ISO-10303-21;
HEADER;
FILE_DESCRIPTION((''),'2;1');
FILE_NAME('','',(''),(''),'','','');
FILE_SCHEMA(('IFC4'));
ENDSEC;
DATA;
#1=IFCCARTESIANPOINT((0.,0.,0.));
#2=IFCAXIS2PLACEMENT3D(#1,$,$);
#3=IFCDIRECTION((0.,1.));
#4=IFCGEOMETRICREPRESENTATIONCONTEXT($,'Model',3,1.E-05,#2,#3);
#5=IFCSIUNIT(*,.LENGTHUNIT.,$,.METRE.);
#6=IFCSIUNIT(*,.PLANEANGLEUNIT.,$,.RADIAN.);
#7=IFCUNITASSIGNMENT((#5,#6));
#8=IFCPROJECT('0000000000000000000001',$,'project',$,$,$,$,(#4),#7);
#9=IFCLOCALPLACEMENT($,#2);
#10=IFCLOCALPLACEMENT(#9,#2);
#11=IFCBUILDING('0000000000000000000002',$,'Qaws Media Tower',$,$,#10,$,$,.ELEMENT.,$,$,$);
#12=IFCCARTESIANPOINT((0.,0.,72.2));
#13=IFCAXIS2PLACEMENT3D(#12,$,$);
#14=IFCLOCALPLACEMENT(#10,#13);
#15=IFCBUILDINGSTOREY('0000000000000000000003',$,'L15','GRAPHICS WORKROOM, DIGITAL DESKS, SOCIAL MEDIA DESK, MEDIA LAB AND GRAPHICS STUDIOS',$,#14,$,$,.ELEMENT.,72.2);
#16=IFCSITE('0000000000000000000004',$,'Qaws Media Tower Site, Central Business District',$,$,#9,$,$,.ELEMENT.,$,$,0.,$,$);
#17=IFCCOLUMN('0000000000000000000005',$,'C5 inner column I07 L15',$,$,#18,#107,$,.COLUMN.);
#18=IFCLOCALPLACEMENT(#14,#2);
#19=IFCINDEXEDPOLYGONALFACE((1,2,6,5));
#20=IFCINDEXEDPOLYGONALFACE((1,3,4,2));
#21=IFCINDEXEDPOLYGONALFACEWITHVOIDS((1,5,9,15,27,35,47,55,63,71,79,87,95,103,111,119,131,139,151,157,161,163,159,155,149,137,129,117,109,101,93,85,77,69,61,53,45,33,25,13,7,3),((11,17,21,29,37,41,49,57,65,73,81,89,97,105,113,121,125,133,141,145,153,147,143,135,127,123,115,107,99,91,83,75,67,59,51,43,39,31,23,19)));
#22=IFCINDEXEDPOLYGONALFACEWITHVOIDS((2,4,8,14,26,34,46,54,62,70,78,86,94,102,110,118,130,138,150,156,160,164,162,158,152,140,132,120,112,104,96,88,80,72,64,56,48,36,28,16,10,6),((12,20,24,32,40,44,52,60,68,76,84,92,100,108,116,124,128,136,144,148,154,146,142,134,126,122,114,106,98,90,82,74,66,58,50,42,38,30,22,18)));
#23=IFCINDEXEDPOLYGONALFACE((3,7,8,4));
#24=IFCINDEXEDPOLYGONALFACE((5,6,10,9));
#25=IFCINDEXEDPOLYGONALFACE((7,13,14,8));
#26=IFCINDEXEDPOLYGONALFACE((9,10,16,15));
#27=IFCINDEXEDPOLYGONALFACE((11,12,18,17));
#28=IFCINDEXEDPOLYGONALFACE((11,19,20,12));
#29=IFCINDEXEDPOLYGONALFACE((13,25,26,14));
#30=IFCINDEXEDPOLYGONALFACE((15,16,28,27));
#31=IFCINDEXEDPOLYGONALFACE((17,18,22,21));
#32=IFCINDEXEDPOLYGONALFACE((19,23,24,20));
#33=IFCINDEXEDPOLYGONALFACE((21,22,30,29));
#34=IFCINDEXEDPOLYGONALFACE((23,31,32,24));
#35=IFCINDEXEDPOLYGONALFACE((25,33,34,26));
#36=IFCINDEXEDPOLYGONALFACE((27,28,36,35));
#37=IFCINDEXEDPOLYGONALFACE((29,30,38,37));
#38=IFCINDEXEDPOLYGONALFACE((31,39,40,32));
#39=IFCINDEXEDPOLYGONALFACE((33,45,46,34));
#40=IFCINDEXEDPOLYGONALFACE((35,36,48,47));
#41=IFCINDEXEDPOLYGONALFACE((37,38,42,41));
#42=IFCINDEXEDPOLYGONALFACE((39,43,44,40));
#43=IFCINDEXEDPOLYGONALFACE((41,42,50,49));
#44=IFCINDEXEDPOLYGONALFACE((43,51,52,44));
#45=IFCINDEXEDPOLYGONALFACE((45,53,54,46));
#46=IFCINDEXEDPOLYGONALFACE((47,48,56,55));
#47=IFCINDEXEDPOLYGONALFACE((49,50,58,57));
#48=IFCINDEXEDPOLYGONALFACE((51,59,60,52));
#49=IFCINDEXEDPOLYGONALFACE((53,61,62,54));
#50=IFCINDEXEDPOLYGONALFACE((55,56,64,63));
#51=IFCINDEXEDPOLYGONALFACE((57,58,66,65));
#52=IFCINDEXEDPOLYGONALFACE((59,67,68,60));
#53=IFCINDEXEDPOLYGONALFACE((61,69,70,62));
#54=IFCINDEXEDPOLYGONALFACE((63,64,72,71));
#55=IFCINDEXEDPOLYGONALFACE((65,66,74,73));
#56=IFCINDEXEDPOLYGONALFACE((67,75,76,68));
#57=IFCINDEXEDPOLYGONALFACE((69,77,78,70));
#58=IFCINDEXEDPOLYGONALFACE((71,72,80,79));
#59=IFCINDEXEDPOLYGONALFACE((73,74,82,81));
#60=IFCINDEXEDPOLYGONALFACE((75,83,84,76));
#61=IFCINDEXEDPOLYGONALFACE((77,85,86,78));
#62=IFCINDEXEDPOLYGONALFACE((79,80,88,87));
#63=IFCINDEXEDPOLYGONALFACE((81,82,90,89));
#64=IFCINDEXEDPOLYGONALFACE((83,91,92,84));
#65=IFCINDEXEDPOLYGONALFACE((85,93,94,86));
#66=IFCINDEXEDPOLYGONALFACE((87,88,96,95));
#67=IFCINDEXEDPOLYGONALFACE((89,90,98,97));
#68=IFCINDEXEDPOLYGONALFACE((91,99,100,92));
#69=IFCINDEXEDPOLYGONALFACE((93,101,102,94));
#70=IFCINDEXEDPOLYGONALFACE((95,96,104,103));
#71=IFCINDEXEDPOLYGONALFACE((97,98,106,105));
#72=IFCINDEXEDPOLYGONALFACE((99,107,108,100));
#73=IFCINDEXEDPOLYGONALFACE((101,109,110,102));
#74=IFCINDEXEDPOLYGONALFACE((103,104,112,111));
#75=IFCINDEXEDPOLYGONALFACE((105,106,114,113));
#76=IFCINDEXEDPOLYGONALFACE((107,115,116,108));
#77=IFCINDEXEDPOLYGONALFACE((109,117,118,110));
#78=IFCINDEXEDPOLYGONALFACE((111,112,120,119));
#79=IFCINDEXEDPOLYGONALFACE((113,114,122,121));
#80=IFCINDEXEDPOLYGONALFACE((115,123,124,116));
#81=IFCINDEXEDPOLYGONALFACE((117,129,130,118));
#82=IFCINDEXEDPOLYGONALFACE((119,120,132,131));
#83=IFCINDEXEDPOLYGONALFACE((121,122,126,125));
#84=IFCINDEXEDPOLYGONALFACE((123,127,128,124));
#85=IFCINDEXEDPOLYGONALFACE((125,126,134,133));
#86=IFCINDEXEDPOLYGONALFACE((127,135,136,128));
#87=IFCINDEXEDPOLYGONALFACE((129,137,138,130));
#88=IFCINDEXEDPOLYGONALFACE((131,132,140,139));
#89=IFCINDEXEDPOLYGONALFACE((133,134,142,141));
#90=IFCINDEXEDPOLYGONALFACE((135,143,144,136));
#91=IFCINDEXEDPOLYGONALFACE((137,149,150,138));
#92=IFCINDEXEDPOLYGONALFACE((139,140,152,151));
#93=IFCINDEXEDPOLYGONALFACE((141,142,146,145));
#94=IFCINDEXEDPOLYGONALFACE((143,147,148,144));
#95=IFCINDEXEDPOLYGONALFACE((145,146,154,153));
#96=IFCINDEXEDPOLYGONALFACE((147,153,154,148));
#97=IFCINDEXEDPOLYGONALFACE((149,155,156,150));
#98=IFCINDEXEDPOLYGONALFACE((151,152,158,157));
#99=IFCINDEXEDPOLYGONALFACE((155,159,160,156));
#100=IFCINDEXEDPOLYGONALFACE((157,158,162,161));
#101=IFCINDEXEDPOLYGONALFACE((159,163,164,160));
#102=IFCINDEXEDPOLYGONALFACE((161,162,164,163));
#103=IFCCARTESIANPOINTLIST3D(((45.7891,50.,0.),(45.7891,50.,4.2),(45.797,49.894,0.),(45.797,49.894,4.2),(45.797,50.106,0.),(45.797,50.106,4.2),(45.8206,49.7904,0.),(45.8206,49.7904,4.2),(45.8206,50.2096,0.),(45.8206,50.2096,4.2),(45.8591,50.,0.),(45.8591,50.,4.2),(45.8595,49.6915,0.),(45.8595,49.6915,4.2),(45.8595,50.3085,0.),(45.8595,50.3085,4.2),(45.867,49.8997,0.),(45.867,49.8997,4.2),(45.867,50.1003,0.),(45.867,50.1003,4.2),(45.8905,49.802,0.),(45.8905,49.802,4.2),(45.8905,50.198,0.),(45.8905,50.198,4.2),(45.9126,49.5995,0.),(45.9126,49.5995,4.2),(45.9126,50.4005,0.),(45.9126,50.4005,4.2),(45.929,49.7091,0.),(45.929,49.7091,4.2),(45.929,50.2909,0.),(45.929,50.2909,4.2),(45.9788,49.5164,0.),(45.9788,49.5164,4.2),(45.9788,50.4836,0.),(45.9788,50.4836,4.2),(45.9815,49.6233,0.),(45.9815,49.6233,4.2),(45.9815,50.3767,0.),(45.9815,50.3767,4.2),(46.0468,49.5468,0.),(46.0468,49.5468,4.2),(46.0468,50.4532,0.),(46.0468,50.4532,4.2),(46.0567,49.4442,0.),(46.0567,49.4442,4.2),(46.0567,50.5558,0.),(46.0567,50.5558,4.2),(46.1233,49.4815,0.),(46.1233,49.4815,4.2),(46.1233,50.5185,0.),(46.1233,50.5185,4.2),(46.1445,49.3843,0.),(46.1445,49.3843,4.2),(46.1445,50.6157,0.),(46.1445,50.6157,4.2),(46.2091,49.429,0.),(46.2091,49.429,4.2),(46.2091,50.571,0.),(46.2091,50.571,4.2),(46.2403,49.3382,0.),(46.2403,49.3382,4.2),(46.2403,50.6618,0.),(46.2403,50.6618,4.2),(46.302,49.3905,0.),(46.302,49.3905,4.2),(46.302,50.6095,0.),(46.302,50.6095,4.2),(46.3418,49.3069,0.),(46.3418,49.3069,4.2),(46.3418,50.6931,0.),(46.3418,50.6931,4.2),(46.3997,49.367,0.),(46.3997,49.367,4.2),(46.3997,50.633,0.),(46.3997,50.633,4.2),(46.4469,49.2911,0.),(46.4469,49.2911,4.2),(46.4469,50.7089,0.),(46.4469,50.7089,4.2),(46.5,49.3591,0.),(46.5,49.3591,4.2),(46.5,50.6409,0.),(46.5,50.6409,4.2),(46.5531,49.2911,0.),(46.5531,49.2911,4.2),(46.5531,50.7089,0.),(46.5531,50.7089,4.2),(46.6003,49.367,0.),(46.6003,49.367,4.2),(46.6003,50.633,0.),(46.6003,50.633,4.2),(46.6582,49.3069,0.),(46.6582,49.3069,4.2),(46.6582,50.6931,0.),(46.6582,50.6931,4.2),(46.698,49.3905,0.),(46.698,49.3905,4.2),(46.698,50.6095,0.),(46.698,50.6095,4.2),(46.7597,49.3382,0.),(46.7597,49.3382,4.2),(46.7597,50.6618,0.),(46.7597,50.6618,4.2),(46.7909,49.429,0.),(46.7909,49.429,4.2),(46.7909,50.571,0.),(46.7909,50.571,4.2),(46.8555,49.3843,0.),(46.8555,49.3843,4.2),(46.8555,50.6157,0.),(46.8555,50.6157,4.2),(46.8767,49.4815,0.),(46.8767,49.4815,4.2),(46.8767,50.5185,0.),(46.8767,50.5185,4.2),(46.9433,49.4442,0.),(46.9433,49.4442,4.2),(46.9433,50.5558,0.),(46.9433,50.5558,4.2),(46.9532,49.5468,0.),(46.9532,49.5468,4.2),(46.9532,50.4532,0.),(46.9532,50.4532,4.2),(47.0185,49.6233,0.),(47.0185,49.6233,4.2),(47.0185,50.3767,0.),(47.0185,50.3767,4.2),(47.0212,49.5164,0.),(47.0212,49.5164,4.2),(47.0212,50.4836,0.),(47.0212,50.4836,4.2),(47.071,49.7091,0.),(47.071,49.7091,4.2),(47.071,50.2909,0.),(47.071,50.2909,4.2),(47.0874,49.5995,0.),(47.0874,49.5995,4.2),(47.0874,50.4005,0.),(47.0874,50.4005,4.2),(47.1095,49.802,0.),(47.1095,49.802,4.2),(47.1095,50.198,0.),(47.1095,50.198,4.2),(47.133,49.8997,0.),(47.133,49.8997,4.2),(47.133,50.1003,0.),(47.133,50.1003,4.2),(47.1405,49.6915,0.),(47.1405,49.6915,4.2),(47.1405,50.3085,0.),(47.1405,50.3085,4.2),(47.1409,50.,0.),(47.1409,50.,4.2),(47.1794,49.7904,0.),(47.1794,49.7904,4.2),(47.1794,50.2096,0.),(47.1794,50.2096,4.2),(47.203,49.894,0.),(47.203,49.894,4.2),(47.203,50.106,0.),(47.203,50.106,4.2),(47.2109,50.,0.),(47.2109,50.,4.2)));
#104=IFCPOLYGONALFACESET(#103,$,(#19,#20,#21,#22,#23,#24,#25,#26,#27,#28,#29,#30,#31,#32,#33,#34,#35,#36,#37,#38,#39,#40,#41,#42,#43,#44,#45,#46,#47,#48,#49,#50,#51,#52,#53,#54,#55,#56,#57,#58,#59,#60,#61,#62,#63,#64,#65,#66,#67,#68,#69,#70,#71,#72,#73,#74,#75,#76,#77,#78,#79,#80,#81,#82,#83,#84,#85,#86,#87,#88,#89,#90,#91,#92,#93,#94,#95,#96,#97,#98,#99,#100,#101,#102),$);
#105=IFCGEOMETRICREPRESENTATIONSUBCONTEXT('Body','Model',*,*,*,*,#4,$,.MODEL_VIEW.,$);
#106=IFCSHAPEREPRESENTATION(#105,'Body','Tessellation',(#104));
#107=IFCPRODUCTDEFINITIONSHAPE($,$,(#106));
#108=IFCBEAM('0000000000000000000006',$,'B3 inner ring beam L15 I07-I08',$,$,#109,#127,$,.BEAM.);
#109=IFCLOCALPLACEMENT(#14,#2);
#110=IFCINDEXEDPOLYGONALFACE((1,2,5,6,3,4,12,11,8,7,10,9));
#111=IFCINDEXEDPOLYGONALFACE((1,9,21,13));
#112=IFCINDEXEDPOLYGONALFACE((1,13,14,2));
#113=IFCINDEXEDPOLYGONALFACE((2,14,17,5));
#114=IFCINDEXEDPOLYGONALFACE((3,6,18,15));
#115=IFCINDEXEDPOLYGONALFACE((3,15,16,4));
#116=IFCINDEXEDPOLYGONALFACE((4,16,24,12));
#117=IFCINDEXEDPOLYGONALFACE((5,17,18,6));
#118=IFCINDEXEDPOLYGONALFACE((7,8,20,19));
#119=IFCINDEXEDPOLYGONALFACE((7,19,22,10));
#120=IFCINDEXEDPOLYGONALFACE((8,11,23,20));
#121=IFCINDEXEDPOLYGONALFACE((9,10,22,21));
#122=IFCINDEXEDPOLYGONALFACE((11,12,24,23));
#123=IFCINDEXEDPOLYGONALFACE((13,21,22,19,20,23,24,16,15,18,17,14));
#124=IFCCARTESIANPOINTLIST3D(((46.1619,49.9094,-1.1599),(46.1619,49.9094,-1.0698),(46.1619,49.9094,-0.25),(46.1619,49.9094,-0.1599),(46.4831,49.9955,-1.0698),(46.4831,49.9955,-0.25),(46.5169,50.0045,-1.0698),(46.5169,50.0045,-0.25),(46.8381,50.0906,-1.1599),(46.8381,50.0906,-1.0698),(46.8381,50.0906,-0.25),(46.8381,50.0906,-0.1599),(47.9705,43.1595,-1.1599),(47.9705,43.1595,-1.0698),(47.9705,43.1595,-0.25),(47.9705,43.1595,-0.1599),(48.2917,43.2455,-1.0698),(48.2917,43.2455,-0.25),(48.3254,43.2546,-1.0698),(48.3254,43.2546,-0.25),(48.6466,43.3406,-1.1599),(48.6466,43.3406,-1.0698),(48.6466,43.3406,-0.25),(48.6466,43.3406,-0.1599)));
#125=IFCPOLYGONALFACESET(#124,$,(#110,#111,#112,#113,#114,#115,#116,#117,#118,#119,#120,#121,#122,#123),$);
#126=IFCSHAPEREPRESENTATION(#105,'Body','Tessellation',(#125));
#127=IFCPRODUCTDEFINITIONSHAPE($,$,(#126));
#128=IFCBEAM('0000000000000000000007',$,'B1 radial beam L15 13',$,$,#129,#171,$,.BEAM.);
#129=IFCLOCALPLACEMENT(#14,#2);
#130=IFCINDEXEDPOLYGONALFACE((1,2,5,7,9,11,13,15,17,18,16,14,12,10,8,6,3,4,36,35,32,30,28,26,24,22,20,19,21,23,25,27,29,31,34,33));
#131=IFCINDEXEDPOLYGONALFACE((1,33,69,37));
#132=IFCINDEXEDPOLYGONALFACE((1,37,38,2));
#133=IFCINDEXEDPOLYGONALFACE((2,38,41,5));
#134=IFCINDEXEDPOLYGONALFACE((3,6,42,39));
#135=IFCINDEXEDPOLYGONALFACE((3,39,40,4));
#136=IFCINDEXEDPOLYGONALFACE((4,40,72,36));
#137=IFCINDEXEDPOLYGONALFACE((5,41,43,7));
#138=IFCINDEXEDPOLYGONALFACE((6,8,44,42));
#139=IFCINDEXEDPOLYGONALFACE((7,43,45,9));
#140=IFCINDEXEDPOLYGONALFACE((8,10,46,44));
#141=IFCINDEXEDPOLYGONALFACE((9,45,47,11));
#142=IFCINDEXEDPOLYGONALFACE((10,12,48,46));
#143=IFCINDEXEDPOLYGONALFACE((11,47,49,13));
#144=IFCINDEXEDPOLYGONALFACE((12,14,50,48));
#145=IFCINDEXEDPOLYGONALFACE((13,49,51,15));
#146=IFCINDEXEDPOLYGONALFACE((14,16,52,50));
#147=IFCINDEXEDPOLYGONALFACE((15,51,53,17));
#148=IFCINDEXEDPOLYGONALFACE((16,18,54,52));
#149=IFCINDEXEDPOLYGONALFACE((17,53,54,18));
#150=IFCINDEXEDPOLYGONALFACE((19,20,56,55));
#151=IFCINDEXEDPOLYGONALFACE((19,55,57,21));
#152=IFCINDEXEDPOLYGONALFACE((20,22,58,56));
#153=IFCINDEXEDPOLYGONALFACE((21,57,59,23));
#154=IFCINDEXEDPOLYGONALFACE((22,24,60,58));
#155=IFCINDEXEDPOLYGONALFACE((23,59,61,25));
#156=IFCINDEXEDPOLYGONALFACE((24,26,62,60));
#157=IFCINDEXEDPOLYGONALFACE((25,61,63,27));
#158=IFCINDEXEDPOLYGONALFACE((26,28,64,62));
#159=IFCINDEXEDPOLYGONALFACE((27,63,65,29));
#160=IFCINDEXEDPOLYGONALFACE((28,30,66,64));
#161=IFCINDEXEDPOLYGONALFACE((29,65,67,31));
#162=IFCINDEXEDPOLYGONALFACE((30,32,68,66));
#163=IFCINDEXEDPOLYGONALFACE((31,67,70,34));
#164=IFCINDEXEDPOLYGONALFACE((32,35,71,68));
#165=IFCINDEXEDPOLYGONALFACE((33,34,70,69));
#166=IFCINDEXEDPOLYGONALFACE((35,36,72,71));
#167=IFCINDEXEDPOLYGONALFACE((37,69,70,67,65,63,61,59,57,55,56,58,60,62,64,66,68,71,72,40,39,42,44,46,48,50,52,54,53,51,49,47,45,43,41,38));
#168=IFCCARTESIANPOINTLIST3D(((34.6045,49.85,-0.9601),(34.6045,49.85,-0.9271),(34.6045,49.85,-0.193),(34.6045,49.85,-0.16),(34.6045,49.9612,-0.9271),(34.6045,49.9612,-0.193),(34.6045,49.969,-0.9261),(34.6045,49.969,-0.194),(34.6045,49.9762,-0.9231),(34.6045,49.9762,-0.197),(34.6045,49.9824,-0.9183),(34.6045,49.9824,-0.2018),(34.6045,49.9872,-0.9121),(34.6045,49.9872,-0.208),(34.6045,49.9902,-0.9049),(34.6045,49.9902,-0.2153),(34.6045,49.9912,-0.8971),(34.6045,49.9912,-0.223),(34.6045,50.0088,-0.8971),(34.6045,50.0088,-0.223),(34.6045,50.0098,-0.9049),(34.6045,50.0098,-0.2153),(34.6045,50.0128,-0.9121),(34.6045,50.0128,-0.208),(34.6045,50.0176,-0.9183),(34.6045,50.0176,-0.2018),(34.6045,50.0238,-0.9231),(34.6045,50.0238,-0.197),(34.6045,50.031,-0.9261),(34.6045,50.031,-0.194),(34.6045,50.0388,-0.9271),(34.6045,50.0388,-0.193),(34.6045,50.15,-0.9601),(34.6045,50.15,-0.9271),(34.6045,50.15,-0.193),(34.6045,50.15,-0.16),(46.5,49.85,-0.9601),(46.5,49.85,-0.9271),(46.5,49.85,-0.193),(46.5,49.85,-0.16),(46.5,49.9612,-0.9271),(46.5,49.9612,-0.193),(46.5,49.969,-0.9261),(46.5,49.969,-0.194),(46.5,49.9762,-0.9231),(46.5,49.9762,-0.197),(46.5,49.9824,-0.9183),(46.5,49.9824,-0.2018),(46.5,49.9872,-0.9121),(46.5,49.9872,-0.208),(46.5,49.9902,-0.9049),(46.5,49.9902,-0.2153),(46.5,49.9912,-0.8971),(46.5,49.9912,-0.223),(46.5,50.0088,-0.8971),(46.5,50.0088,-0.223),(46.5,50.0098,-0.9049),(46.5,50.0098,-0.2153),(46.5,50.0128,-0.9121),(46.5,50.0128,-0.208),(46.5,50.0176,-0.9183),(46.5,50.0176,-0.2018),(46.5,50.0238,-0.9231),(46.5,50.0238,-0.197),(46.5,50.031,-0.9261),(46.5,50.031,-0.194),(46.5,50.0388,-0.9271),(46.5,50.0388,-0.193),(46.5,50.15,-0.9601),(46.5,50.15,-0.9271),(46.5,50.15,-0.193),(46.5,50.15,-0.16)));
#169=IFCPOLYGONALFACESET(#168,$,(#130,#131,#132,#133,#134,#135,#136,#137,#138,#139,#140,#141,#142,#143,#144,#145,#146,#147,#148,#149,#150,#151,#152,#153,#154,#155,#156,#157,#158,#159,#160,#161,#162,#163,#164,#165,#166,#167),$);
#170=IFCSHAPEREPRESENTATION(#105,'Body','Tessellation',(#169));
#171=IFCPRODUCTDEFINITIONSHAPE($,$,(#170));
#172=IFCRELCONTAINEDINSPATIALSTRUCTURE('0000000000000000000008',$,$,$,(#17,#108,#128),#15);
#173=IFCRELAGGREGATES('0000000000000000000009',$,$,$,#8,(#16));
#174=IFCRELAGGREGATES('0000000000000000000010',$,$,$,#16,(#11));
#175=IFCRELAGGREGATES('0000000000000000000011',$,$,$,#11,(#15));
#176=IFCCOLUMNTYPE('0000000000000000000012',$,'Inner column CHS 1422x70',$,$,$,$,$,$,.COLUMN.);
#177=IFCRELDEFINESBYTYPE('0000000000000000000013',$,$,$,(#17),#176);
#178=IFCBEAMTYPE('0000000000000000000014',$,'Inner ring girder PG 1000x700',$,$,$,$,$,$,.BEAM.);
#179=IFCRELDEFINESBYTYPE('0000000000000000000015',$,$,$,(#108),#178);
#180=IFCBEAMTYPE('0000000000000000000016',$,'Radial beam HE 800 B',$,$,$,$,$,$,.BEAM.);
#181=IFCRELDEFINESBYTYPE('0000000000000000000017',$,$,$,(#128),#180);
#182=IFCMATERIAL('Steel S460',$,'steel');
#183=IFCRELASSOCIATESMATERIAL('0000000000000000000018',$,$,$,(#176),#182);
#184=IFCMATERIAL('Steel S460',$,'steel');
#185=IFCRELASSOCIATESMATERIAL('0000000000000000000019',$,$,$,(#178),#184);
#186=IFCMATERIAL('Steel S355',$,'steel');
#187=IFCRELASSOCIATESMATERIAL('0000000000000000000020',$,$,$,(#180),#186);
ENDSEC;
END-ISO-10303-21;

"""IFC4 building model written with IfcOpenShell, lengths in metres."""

from ifc_helpers import new_model, si_unit, direction, frame, origin, origin_2d, place, context, subcontext, project, spatial, hollow_circle, i_section, extrude, material, material_profile, profile_set, type_object, element, save


model = new_model("IFC4")

# Units and contexts
model_context = context("Model", 3, precision=1e-05, world=origin(), true_north=direction((0.0, 1.0)))
body_context = subcontext(model_context, "Body", "Model", "MODEL_VIEW")
ifc_project = project(units=[si_unit("LENGTHUNIT", "METRE"), si_unit("PLANEANGLEUNIT", "RADIAN")], contexts=[model_context])

# Site, building, storey
site_placement = place(None, origin())
site = spatial("IfcSite", under=ifc_project, at=site_placement, Name="Qaws Media Tower Site, Central Business District", CompositionType="ELEMENT", RefElevation=0.0)
building_placement = place(site_placement, origin())
building = spatial("IfcBuilding", under=site, at=building_placement, Name="Qaws Media Tower", CompositionType="ELEMENT")
storey_placement = place(building_placement, frame((0.0, 0.0, 72.2)))
storey = spatial("IfcBuildingStorey", under=building, at=storey_placement, Name="L15", Description="GRAPHICS WORKROOM, DIGITAL DESKS, SOCIAL MEDIA DESK, MEDIA LAB AND GRAPHICS STUDIOS", CompositionType="ELEMENT", Elevation=72.2)

# Column
ifc_material_1 = material(Name="Steel S460", Category="steel")
ifc_material_profile_1 = material_profile(ifc_material_1, hollow_circle(Radius=0.7109, WallThickness=0.0701, at=origin_2d()), Name="CHS 1422x70")
ifc_profile_set_1 = profile_set([ifc_material_profile_1], Name="Steel S460")
column_type = type_object("IfcColumnType", Name="Inner column CHS 1422x70", PredefinedType="COLUMN", material=ifc_profile_set_1)
column_placement = place(storey_placement, frame((46.5, 50.0, 0.0), z_axis=(0.0, 0.0, 1.0), x_axis=(1.0, 0.0, 0.0)))
element("IfcColumn", 1, at=column_placement, inside=storey, type_object=column_type, Name="C5 inner column I07 L15", PredefinedType="COLUMN", context=body_context, shape_type="SweptSolid", body=[
    extrude(hollow_circle(Radius=0.7109, WallThickness=0.0701, at=origin_2d()), origin(), (0.0, 0.0, 1.0), 4.2),
])

# Beams
ifc_material_2 = material(Name="Steel S460", Category="steel")
ifc_material_profile_2 = material_profile(ifc_material_2, i_section(OverallWidth=0.7, OverallDepth=1.0, WebThickness=0.0349, FlangeThickness=0.0901, at=origin_2d()), Name="PG 1000x700")
ifc_profile_set_2 = profile_set([ifc_material_profile_2], Name="Steel S460")
beam_type_1 = type_object("IfcBeamType", Name="Inner ring girder PG 1000x700", PredefinedType="BEAM", material=ifc_profile_set_2)
beam_1_placement = place(storey_placement, frame((46.5, 50.0, -0.6599), z_axis=(0.258811, -0.965928, 0.0), x_axis=(0.965928, 0.258811, 0.0)))
element("IfcBeam", 2, at=beam_1_placement, inside=storey, type_object=beam_type_1, Name="B3 inner ring beam L15 I07-I08", PredefinedType="BEAM", context=body_context, shape_type="SweptSolid", body=[
    extrude(i_section(OverallWidth=0.7, OverallDepth=1.0, WebThickness=0.0349, FlangeThickness=0.0901, at=origin_2d()), origin(), (0.0, 0.0, 1.0), 6.988),
])
ifc_material_3 = material(Name="Steel S355", Category="steel")
ifc_material_profile_3 = material_profile(ifc_material_3, i_section(OverallWidth=0.3, OverallDepth=0.8, WebThickness=0.0176, FlangeThickness=0.033, FilletRadius=0.03, at=origin_2d()), Name="HE 800 B")
ifc_profile_set_3 = profile_set([ifc_material_profile_3], Name="Steel S355")
beam_type_2 = type_object("IfcBeamType", Name="Radial beam HE 800 B", PredefinedType="BEAM", material=ifc_profile_set_3)
beam_2_placement = place(storey_placement, frame((46.5, 50.0, -0.5601), z_axis=(-1.0, 0.0, 0.0), x_axis=(0.0, -1.0, 0.0)))
element("IfcBeam", 3, at=beam_2_placement, inside=storey, type_object=beam_type_2, Name="B1 radial beam L15 13", PredefinedType="BEAM", context=body_context, shape_type="SweptSolid", body=[
    extrude(i_section(OverallWidth=0.3, OverallDepth=0.8, WebThickness=0.0176, FlangeThickness=0.033, FilletRadius=0.03, at=origin_2d()), origin(), (0.0, 0.0, 1.0), 11.8955),
])

save(model, "model.ifc")
